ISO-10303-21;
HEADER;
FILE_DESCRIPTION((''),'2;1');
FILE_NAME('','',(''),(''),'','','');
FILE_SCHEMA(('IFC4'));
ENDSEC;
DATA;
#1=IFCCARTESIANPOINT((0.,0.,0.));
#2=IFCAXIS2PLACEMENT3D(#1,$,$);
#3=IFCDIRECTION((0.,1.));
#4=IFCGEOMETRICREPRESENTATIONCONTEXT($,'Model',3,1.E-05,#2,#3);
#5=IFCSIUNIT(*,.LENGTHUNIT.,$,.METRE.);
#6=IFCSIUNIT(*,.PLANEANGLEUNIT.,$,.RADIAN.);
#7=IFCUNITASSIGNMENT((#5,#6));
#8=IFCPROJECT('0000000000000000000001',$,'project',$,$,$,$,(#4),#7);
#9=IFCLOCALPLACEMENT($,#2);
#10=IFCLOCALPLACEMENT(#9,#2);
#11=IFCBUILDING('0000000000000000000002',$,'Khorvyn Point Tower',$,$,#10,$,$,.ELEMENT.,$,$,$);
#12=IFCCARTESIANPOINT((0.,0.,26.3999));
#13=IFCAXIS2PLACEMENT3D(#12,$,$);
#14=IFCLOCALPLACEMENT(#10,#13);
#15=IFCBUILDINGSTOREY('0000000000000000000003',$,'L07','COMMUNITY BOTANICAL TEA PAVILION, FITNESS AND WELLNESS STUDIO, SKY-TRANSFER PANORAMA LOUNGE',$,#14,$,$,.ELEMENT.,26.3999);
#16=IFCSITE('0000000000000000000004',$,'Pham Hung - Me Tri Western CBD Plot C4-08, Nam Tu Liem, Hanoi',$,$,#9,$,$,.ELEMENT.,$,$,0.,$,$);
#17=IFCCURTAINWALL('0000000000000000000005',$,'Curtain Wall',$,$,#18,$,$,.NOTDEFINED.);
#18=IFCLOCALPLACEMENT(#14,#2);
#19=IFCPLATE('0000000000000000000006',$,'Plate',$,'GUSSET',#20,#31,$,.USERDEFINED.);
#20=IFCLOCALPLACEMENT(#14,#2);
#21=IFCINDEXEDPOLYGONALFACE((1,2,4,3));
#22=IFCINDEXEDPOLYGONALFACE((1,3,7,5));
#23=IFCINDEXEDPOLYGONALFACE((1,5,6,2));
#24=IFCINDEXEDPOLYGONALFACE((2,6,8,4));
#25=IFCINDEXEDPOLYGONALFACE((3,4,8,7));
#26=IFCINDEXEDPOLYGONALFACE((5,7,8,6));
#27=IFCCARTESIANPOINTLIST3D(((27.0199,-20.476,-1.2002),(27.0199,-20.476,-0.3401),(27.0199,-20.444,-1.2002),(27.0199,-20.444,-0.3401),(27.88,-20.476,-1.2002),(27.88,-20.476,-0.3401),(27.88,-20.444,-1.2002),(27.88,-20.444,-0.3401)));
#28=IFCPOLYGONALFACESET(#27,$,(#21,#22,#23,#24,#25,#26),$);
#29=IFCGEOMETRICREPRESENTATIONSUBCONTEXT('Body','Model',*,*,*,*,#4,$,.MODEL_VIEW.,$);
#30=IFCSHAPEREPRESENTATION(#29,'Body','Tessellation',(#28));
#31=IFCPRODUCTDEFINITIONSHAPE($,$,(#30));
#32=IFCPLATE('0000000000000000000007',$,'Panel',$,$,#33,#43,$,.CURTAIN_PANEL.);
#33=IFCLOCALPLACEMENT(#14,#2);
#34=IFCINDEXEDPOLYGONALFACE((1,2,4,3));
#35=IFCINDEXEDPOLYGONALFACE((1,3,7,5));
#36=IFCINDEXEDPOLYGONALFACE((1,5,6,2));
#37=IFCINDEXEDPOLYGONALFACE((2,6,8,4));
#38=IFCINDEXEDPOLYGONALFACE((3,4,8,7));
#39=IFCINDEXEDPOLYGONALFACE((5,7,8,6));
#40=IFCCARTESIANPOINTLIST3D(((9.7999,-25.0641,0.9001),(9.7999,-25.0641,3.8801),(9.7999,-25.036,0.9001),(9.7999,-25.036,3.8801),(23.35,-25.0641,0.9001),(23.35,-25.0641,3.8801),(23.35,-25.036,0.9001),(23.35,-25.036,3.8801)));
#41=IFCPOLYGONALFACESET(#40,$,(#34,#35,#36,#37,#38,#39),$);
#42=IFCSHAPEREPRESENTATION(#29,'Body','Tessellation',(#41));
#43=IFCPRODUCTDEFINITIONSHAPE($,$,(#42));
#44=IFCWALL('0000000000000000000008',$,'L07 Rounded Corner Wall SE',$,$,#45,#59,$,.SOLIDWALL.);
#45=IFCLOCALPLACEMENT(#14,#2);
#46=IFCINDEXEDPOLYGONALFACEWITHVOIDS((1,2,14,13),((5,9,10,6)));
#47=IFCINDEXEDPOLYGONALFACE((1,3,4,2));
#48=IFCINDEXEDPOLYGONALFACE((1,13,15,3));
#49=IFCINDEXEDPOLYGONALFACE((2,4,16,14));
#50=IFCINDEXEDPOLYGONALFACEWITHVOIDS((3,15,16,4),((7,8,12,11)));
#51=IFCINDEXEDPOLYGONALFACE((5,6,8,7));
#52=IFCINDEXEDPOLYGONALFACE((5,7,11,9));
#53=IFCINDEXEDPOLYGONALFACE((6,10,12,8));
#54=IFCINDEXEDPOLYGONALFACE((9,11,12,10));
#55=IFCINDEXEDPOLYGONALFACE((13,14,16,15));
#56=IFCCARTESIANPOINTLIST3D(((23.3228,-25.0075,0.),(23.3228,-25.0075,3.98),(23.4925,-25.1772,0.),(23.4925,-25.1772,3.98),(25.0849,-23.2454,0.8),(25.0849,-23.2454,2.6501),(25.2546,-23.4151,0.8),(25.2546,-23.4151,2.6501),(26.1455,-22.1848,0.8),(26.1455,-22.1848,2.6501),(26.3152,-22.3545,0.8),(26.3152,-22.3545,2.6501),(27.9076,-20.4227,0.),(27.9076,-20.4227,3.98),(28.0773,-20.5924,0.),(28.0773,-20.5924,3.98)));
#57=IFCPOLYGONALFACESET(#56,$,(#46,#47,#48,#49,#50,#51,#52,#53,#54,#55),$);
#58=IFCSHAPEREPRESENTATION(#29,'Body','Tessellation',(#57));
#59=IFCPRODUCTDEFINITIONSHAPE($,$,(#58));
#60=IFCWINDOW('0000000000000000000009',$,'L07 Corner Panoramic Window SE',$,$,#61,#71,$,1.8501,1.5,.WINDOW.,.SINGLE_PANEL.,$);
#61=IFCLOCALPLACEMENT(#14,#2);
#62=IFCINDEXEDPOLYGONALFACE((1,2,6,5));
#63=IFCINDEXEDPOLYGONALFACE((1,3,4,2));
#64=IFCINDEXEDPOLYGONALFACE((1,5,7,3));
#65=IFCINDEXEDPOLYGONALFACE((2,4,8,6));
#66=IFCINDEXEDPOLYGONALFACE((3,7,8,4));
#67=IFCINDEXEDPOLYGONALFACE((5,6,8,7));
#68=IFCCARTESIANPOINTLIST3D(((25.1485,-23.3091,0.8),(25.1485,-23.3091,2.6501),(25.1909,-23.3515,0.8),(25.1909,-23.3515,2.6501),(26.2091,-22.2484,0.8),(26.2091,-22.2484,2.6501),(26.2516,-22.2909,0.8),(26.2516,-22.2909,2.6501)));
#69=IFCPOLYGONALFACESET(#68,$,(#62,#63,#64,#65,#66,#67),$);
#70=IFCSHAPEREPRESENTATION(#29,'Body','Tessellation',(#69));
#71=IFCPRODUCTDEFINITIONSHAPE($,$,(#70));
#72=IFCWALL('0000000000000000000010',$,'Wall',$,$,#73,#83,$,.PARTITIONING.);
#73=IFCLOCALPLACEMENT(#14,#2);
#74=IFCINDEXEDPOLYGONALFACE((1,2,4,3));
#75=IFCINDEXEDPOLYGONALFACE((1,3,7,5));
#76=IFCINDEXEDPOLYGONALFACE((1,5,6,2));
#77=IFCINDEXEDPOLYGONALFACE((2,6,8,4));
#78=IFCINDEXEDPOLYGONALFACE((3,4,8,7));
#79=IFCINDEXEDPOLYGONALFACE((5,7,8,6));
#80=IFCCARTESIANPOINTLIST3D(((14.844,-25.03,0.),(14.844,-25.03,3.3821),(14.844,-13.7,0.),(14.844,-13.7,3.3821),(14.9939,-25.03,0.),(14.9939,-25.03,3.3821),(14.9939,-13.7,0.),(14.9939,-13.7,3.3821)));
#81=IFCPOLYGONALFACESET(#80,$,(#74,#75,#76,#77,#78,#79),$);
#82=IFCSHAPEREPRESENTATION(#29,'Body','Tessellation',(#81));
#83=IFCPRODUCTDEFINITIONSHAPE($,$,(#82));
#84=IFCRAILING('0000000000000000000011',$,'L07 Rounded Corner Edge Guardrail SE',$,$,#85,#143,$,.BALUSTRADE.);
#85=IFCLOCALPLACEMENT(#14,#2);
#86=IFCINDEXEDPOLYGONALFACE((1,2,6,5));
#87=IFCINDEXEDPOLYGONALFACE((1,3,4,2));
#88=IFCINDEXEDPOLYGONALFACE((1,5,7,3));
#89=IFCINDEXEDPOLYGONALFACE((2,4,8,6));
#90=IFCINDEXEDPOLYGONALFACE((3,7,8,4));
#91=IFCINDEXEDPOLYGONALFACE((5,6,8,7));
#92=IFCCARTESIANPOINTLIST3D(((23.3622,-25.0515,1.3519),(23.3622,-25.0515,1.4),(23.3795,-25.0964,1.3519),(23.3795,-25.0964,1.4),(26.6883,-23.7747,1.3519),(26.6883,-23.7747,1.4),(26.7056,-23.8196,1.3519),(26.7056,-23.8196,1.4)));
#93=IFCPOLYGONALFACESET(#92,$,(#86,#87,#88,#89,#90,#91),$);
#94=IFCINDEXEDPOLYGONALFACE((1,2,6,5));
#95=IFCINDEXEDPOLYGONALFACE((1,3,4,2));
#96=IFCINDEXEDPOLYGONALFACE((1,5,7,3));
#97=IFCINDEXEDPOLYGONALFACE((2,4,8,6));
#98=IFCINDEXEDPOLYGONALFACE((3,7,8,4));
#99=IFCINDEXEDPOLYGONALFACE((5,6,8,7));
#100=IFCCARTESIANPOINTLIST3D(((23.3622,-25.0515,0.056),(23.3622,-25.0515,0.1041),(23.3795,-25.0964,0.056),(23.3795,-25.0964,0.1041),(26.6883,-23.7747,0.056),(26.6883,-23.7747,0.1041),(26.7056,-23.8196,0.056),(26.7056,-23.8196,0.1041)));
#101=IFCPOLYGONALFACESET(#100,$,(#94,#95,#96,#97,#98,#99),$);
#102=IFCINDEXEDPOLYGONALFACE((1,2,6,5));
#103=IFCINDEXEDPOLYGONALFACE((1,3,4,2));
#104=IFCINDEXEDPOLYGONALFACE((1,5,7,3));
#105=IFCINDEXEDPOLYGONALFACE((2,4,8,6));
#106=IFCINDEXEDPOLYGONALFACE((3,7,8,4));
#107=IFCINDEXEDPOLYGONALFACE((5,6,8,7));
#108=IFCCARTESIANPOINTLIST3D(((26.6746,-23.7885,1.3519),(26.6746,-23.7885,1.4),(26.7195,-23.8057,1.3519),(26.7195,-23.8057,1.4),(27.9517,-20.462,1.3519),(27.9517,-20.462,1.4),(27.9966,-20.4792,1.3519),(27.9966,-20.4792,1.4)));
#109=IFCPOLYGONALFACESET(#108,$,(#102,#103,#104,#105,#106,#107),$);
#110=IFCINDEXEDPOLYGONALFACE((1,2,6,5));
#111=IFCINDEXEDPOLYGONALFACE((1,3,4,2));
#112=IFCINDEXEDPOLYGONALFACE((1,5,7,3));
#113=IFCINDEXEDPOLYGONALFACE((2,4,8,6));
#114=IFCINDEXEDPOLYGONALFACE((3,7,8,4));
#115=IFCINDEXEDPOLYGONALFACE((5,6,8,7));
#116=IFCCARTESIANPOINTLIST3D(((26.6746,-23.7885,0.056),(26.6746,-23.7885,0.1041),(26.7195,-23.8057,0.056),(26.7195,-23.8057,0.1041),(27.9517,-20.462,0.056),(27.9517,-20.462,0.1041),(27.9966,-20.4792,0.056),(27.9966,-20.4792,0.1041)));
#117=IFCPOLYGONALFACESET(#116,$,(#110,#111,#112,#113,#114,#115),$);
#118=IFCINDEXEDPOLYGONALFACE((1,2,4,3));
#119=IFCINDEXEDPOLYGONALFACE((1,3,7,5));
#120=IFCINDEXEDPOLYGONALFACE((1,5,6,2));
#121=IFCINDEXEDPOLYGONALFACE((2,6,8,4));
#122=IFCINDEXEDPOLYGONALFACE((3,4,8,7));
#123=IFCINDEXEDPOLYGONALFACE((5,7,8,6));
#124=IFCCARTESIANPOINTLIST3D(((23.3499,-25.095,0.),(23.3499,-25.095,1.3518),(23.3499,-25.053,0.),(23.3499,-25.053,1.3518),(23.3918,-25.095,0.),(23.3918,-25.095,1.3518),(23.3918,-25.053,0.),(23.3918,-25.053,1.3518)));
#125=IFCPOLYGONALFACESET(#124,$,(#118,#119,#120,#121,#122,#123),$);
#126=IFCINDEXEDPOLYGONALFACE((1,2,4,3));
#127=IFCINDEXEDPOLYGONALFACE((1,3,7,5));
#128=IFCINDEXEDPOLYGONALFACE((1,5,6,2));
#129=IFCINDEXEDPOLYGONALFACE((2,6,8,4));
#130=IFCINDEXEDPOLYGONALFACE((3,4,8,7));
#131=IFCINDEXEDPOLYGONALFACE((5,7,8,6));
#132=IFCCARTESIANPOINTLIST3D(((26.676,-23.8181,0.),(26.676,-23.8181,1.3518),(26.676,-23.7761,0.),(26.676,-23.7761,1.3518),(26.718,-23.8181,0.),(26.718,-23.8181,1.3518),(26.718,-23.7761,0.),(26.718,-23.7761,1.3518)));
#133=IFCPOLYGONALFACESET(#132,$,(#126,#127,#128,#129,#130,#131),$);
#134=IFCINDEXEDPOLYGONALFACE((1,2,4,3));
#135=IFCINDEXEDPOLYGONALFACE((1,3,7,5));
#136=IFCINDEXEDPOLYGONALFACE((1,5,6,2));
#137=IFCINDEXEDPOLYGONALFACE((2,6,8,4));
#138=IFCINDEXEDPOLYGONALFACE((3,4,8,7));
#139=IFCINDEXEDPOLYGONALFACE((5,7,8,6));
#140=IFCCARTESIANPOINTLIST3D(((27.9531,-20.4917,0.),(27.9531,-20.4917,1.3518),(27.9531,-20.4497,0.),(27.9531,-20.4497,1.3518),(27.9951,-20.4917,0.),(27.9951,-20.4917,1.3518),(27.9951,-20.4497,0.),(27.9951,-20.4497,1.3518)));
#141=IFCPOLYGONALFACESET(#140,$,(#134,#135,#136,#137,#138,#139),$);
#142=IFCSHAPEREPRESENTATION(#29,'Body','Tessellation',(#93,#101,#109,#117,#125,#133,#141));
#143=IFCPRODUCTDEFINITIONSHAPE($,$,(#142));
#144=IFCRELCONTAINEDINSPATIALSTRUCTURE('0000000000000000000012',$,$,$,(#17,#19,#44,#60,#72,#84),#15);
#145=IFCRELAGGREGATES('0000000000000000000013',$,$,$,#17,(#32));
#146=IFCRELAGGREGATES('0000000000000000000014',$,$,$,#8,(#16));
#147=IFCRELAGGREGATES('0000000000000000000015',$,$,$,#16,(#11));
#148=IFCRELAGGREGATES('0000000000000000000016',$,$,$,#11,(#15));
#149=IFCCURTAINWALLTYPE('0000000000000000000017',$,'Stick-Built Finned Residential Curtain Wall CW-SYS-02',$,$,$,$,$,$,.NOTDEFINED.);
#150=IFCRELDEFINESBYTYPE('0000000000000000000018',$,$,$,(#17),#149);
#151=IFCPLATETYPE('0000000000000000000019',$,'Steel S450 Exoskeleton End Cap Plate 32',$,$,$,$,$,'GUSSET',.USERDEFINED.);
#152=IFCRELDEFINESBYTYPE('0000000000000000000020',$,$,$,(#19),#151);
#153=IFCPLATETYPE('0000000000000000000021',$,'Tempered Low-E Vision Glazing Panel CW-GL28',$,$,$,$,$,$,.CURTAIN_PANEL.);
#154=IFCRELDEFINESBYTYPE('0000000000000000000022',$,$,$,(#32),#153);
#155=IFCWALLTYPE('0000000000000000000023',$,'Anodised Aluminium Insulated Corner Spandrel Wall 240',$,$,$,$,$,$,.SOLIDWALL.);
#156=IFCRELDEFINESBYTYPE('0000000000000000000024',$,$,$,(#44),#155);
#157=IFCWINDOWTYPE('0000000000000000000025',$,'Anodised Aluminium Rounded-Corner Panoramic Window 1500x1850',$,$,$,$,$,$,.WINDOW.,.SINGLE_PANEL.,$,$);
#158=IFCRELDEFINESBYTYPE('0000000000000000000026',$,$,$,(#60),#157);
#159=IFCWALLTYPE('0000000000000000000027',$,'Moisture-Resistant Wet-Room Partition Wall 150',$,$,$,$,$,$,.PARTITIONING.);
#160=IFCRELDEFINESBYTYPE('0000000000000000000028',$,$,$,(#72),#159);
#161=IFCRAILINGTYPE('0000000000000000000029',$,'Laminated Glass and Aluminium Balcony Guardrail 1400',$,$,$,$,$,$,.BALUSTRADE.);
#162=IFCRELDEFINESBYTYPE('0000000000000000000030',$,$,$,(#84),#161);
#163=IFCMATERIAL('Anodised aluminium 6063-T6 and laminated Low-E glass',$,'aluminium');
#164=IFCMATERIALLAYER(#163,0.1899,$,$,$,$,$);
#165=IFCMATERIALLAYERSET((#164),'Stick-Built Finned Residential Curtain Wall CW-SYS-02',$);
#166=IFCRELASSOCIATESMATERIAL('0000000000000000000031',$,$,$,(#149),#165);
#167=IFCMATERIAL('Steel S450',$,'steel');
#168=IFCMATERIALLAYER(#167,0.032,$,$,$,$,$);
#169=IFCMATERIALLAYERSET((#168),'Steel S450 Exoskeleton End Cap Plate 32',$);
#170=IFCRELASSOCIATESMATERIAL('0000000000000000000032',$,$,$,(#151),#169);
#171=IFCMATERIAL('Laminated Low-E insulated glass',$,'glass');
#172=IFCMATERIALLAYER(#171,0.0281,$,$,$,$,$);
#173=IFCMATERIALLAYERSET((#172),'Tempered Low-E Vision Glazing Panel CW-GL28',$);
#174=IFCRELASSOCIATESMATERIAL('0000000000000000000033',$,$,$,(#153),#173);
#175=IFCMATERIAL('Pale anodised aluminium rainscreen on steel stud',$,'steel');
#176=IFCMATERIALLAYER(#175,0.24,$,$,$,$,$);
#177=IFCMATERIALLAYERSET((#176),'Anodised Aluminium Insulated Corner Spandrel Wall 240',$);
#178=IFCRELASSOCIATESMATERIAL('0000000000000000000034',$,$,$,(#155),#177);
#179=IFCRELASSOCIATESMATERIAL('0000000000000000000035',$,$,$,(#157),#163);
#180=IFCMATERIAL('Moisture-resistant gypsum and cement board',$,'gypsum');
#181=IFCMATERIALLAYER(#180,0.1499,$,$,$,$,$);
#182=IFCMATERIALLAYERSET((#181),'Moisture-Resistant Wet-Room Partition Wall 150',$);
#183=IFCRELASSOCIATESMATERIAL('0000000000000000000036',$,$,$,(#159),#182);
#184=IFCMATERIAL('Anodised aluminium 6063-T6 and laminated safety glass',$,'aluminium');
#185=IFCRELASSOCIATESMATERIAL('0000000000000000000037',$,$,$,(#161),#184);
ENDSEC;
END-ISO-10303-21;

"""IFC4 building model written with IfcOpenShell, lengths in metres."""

from ifc_helpers import new_model, si_unit, direction, frame, frame_2d, origin, origin_2d, place, context, subcontext, project, spatial, rectangle, extrude, material, layer, layer_set, type_object, element, fill, aggregate, save


model = new_model("IFC4")

# Units and contexts
model_context = context("Model", 3, precision=1e-05, world=origin(), true_north=direction((0.0, 1.0)))
body_context = subcontext(model_context, "Body", "Model", "MODEL_VIEW")
ifc_project = project(units=[si_unit("LENGTHUNIT", "METRE"), si_unit("PLANEANGLEUNIT", "RADIAN")], contexts=[model_context])

# Site, building, storey
site_placement = place(None, origin())
site = spatial("IfcSite", under=ifc_project, at=site_placement, Name="Pham Hung - Me Tri Western CBD Plot C4-08, Nam Tu Liem, Hanoi", CompositionType="ELEMENT", RefElevation=0.0)
building_placement = place(site_placement, origin())
building = spatial("IfcBuilding", under=site, at=building_placement, Name="Khorvyn Point Tower", CompositionType="ELEMENT")
storey_placement = place(building_placement, frame((0.0, 0.0, 26.3999)))
storey = spatial("IfcBuildingStorey", under=building, at=storey_placement, Name="L07", Description="COMMUNITY BOTANICAL TEA PAVILION, FITNESS AND WELLNESS STUDIO, SKY-TRANSFER PANORAMA LOUNGE", CompositionType="ELEMENT", Elevation=26.3999)

# Shared definitions
ifc_material_1 = material(Name="Steel S450", Category="steel")

# Curtain wall
ifc_material_2 = material(Name="Anodised aluminium 6063-T6 and laminated Low-E glass", Category="aluminium")
ifc_layer_1 = layer(ifc_material_2, 0.1899)
ifc_layer_set_1 = layer_set([ifc_layer_1], Name="Stick-Built Finned Residential Curtain Wall CW-SYS-02")
curtain_wall_type = type_object("IfcCurtainWallType", Name="Stick-Built Finned Residential Curtain Wall CW-SYS-02", PredefinedType="NOTDEFINED", material=ifc_layer_set_1)
curtain_wall_1_placement = place(storey_placement, origin())
curtain_wall_1 = element("IfcCurtainWall", 1, at=curtain_wall_1_placement, inside=storey, type_object=curtain_wall_type, Name="Curtain Wall", PredefinedType="NOTDEFINED")

# Plates
ifc_layer_2 = layer(ifc_material_1, 0.032)
ifc_layer_set_2 = layer_set([ifc_layer_2], Name="Steel S450 Exoskeleton End Cap Plate 32")
plate_type_1 = type_object("IfcPlateType", Name="Steel S450 Exoskeleton End Cap Plate 32", ElementType="GUSSET", PredefinedType="USERDEFINED", material=ifc_layer_set_2)
plate_1_placement = place(storey_placement, frame((27.45, -20.46, -1.2002), z_axis=(0.0, 0.0, 1.0), x_axis=(1.0, 0.0, 0.0)))
element("IfcPlate", 2, at=plate_1_placement, inside=storey, type_object=plate_type_1, Name="Plate", ObjectType="GUSSET", PredefinedType="USERDEFINED", context=body_context, shape_type="SweptSolid", body=[
    extrude(rectangle(XDim=0.8601, YDim=0.032, at=origin_2d()), origin(), (0.0, 0.0, 1.0), 0.8601),
])
ifc_material_3 = material(Name="Laminated Low-E insulated glass", Category="glass")
ifc_layer_3 = layer(ifc_material_3, 0.0281)
ifc_layer_set_3 = layer_set([ifc_layer_3], Name="Tempered Low-E Vision Glazing Panel CW-GL28")
plate_type_2 = type_object("IfcPlateType", Name="Tempered Low-E Vision Glazing Panel CW-GL28", PredefinedType="CURTAIN_PANEL", material=ifc_layer_set_3)
plate_2_placement = place(storey_placement, frame((16.575, -25.05, 0.9001), z_axis=(0.0, 0.0, 1.0), x_axis=(-1.0, 0.0, 0.0)))
plate_2 = element("IfcPlate", 3, at=plate_2_placement, type_object=plate_type_2, Name="Panel", PredefinedType="CURTAIN_PANEL", context=body_context, shape_type="SweptSolid", body=[
    extrude(rectangle(XDim=13.55, YDim=0.0281, at=origin_2d()), origin(), (0.0, 0.0, 1.0), 2.98),
])
aggregate(curtain_wall_1, [plate_2])

# Wall, opening, window
ifc_material_4 = material(Name="Pale anodised aluminium rainscreen on steel stud", Category="steel")
ifc_layer_4 = layer(ifc_material_4, 0.24)
ifc_layer_set_4 = layer_set([ifc_layer_4], Name="Anodised Aluminium Insulated Corner Spandrel Wall 240")
wall_type_1 = type_object("IfcWallType", Name="Anodised Aluminium Insulated Corner Spandrel Wall 240", PredefinedType="SOLIDWALL", material=ifc_layer_set_4)
wall_1_placement = place(storey_placement, frame((27.9924, -20.5076, 0.0), z_axis=(0.0, 0.0, 1.0), x_axis=(-0.707107, -0.707107, 0.0)))
wall_1 = element("IfcWall", 4, at=wall_1_placement, inside=storey, type_object=wall_type_1, Name="L07 Rounded Corner Wall SE", PredefinedType="SOLIDWALL", context=body_context, shape_type="SweptSolid", body=[
    extrude(rectangle(XDim=6.4839, YDim=0.24, at=frame_2d((3.2419, 0.0))), origin(), (0.0, 0.0, 1.0), 3.98),
])
opening_placement = place(wall_1_placement, frame((2.4919, 0.0, 0.8)))
opening = element("IfcOpeningElement", 5, at=opening_placement, cuts=wall_1, PredefinedType="OPENING", context=body_context, shape_type="SweptSolid", body=[
    extrude(rectangle(XDim=1.5, YDim=1.8501, at=frame_2d((0.75, 0.925))), frame((0.0, 0.1299, 0.0), z_axis=(0.0, -1.0, 0.0), x_axis=(1.0, 0.0, 0.0)), (0.0, 0.0, 1.0), 0.26),
])
window_type = type_object("IfcWindowType", Name="Anodised Aluminium Rounded-Corner Panoramic Window 1500x1850", PartitioningType="SINGLE_PANEL", PredefinedType="WINDOW", material=ifc_material_2)
window_placement = place(opening_placement, origin())
window = element("IfcWindow", 6, at=window_placement, inside=storey, type_object=window_type, Name="L07 Corner Panoramic Window SE", OverallHeight=1.8501, OverallWidth=1.5, PartitioningType="SINGLE_PANEL", PredefinedType="WINDOW", context=body_context, shape_type="SweptSolid", body=[
    extrude(rectangle(XDim=1.5, YDim=1.8501, at=frame_2d((0.75, 0.925))), frame((0.0, 0.03, 0.0), z_axis=(0.0, -1.0, 0.0), x_axis=(1.0, 0.0, 0.0)), (0.0, 0.0, 1.0), 0.0601),
])
fill(opening, window)

# Wall
ifc_material_5 = material(Name="Moisture-resistant gypsum and cement board", Category="gypsum")
ifc_layer_5 = layer(ifc_material_5, 0.1499)
ifc_layer_set_5 = layer_set([ifc_layer_5], Name="Moisture-Resistant Wet-Room Partition Wall 150")
wall_type_2 = type_object("IfcWallType", Name="Moisture-Resistant Wet-Room Partition Wall 150", PredefinedType="PARTITIONING", material=ifc_layer_set_5)
wall_2_placement = place(storey_placement, frame((14.9189, -25.03, 0.0), z_axis=(0.0, 0.0, 1.0), x_axis=(0.0, 1.0, 0.0)))
element("IfcWall", 7, at=wall_2_placement, inside=storey, type_object=wall_type_2, Name="Wall", PredefinedType="PARTITIONING", context=body_context, shape_type="SweptSolid", body=[
    extrude(rectangle(XDim=11.3301, YDim=0.1499, at=frame_2d((5.665, 0.0))), origin(), (0.0, 0.0, 1.0), 3.3821),
])

# Railing
ifc_material_6 = material(Name="Anodised aluminium 6063-T6 and laminated safety glass", Category="aluminium")
railing_type_1 = type_object("IfcRailingType", Name="Laminated Glass and Aluminium Balcony Guardrail 1400", PredefinedType="BALUSTRADE", material=ifc_material_6)
railing_1_placement = place(storey_placement, frame((23.3708, -25.074, 0.0)))
element("IfcRailing", 8, at=railing_1_placement, inside=storey, type_object=railing_type_1, Name="L07 Rounded Corner Edge Guardrail SE", PredefinedType="BALUSTRADE", context=body_context, shape_type="SweptSolid", body=[
    extrude(rectangle(XDim=0.0481, YDim=0.0481, at=origin_2d()), frame((0.0, 0.0, 1.376), z_axis=(0.933575, 0.358382, 0.0), x_axis=(-0.358382, 0.933575, 0.0)), (0.0, 0.0, 1.0), 3.5627),
    extrude(rectangle(XDim=0.0481, YDim=0.0481, at=origin_2d()), frame((0.0, 0.0, 0.0801), z_axis=(0.933575, 0.358382, 0.0), x_axis=(-0.358382, 0.933575, 0.0)), (0.0, 0.0, 1.0), 3.5627),
    extrude(rectangle(XDim=0.0481, YDim=0.0481, at=origin_2d()), frame((3.3262, 1.2769, 1.376), z_axis=(0.358419, 0.933561, 0.0), x_axis=(-0.933561, 0.358419, 0.0)), (0.0, 0.0, 1.0), 3.5632),
    extrude(rectangle(XDim=0.0481, YDim=0.0481, at=origin_2d()), frame((3.3262, 1.2769, 0.0801), z_axis=(0.358419, 0.933561, 0.0), x_axis=(-0.933561, 0.358419, 0.0)), (0.0, 0.0, 1.0), 3.5632),
    extrude(rectangle(XDim=0.042, YDim=0.042, at=origin_2d()), origin(), (0.0, 0.0, 1.0), 1.3518),
    extrude(rectangle(XDim=0.042, YDim=0.042, at=origin_2d()), frame((3.3262, 1.2769, 0.0)), (0.0, 0.0, 1.0), 1.3518),
    extrude(rectangle(XDim=0.042, YDim=0.042, at=origin_2d()), frame((4.6033, 4.6033, 0.0)), (0.0, 0.0, 1.0), 1.3518),
])

save(model, "model.ifc")
